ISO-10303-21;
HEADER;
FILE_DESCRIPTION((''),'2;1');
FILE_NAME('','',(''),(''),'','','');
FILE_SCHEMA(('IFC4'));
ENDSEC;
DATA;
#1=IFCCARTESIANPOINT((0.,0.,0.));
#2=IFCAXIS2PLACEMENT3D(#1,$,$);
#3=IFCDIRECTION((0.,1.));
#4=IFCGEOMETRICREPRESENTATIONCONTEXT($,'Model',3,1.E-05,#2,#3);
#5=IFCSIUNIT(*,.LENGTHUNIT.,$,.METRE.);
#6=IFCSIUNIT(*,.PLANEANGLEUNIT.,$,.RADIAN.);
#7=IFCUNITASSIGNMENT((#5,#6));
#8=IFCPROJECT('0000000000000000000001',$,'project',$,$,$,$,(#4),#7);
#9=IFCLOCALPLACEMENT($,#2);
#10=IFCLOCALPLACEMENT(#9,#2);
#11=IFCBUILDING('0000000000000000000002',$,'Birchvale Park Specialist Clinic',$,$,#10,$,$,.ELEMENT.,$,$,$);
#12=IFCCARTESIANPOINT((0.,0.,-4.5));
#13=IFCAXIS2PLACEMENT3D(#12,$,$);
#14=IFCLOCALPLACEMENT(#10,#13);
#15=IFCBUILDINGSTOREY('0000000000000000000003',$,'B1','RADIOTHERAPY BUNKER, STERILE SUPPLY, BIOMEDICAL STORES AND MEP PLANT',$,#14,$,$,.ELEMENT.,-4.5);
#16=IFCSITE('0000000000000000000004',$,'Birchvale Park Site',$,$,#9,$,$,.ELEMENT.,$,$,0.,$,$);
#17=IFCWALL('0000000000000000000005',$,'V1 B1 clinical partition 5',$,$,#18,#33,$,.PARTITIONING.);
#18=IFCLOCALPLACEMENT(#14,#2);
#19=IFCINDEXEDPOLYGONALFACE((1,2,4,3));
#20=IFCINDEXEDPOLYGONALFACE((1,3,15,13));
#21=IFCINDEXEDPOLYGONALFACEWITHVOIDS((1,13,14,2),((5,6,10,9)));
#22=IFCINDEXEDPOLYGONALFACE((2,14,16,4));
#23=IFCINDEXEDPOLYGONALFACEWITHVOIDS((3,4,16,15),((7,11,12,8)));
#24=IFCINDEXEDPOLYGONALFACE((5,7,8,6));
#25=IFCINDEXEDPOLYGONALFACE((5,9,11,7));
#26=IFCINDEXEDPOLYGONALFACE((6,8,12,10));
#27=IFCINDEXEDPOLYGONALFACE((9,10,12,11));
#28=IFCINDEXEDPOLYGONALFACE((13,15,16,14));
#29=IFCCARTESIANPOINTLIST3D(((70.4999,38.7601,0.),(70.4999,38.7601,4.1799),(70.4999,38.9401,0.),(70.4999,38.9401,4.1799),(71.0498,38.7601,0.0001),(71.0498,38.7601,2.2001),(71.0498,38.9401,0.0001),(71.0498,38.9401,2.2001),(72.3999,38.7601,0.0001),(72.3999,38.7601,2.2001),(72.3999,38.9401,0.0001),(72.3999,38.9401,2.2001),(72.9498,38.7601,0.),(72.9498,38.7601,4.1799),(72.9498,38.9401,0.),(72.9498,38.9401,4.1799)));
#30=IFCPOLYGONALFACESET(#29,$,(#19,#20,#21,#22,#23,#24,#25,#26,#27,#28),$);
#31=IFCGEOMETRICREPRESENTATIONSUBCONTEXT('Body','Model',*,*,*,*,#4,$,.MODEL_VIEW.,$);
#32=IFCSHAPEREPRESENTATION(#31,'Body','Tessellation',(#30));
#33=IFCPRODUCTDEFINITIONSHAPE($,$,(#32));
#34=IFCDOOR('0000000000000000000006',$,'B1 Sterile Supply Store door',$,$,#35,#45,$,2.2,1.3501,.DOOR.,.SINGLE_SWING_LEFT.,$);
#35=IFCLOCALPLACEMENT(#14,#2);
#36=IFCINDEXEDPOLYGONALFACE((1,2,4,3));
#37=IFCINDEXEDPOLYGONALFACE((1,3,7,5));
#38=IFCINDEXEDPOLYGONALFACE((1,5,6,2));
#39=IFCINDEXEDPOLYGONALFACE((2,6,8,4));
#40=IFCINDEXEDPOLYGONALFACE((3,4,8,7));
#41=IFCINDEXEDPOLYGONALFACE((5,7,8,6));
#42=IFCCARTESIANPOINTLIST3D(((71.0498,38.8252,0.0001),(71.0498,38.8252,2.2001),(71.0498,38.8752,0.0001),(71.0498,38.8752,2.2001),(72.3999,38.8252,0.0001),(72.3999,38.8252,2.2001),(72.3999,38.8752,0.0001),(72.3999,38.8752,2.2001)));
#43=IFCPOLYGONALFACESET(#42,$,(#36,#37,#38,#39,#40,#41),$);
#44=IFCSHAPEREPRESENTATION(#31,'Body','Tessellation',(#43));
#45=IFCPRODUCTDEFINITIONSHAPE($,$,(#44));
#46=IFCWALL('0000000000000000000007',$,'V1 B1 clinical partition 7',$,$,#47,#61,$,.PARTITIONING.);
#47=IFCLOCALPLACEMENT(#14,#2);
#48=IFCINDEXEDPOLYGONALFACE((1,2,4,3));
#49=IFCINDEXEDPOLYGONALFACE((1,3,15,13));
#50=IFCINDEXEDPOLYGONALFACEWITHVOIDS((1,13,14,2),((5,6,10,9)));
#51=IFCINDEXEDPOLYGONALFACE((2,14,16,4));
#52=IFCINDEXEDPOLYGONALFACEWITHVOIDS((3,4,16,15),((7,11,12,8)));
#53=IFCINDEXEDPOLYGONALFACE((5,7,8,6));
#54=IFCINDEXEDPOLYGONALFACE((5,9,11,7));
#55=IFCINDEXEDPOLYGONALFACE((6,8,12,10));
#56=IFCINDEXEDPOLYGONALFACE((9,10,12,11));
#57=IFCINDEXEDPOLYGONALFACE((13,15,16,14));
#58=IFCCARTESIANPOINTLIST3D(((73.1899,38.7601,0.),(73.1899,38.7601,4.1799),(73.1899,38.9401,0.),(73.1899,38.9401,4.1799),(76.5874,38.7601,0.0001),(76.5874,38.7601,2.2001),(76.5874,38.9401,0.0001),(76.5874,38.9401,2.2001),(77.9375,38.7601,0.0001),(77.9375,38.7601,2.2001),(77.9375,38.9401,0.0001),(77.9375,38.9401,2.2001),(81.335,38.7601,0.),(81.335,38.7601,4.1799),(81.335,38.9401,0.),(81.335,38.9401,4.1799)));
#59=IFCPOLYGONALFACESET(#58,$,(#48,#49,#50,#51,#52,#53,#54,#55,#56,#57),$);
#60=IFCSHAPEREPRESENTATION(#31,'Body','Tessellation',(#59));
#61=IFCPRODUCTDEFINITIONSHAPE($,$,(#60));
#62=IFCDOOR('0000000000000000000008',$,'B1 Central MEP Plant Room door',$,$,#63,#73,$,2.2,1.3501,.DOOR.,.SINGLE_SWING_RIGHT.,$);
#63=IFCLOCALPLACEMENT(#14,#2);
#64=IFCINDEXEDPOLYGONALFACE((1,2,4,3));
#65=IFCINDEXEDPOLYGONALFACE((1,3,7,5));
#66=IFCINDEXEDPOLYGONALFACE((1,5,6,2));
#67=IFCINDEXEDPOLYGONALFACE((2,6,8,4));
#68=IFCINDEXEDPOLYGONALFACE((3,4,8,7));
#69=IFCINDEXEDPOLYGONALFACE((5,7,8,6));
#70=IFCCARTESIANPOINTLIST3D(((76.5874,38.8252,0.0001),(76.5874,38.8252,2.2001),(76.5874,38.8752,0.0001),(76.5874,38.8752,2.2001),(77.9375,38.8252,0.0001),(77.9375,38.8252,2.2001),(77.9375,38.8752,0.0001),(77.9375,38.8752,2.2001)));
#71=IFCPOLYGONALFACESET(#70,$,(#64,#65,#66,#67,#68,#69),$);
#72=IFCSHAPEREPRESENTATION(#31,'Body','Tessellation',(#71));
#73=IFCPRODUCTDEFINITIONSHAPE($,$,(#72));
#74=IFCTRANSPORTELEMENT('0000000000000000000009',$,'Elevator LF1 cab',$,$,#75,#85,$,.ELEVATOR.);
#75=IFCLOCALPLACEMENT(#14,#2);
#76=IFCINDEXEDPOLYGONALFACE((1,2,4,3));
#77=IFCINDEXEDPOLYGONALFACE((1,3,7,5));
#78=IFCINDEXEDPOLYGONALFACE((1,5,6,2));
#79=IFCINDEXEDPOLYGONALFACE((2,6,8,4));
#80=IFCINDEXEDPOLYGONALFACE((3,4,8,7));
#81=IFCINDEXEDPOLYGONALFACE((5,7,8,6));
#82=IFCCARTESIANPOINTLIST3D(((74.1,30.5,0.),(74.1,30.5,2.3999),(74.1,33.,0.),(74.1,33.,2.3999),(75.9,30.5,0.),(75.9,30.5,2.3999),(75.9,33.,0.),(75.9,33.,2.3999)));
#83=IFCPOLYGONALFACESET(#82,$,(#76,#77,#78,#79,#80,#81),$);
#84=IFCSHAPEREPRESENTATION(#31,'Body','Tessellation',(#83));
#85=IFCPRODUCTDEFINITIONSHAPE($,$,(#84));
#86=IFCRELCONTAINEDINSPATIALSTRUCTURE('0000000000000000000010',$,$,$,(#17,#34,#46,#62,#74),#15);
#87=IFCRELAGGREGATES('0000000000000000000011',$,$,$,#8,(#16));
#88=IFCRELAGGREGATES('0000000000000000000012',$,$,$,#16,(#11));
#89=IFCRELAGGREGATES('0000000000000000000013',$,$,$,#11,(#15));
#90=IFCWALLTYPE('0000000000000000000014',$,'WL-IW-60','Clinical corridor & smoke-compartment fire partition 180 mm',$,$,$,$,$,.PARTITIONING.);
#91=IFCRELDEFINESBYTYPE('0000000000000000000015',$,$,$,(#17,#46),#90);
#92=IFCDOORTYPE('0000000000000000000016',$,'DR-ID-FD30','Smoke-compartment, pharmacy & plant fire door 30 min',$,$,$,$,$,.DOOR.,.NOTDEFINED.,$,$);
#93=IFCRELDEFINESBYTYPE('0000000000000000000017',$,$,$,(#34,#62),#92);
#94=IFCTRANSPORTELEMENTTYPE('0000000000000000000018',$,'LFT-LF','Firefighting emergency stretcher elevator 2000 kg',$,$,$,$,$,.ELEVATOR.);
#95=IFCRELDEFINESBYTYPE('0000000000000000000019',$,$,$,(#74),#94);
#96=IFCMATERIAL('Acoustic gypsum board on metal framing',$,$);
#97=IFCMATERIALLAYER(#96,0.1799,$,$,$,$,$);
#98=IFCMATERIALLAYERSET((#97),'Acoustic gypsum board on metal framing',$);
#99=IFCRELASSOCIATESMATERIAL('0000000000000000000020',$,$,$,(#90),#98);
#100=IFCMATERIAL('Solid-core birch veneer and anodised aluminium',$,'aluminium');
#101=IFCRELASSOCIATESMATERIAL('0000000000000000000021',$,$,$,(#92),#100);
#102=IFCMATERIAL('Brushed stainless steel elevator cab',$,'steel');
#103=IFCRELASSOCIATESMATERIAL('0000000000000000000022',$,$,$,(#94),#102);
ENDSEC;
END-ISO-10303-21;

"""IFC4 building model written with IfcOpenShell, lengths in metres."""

from ifc_helpers import new_model, si_unit, direction, frame, frame_2d, origin, origin_2d, place, context, subcontext, project, spatial, rectangle, extrude, material, layer, layer_set, type_object, element, fill, save


model = new_model("IFC4")

# Units and contexts
model_context = context("Model", 3, precision=1e-05, world=origin(), true_north=direction((0.0, 1.0)))
body_context = subcontext(model_context, "Body", "Model", "MODEL_VIEW")
ifc_project = project(units=[si_unit("LENGTHUNIT", "METRE"), si_unit("PLANEANGLEUNIT", "RADIAN")], contexts=[model_context])

# Site, building, storey
site_placement = place(None, origin())
site = spatial("IfcSite", under=ifc_project, at=site_placement, Name="Birchvale Park Site", CompositionType="ELEMENT", RefElevation=0.0)
building_placement = place(site_placement, origin())
building = spatial("IfcBuilding", under=site, at=building_placement, Name="Birchvale Park Specialist Clinic", CompositionType="ELEMENT")
storey_placement = place(building_placement, frame((0.0, 0.0, -4.5)))
storey = spatial("IfcBuildingStorey", under=building, at=storey_placement, Name="B1", Description="RADIOTHERAPY BUNKER, STERILE SUPPLY, BIOMEDICAL STORES AND MEP PLANT", CompositionType="ELEMENT", Elevation=-4.5)

# Shared definitions
ifc_material_1 = material(Name="Solid-core birch veneer and anodised aluminium", Category="aluminium")

# Shared definitions
ifc_material_2 = material(Name="Acoustic gypsum board on metal framing")

# Walls, openings, doors
ifc_layer_1 = layer(ifc_material_2, 0.1799)
ifc_layer_set_1 = layer_set([ifc_layer_1], Name="Acoustic gypsum board on metal framing")
wall_type_1 = type_object("IfcWallType", Name="WL-IW-60", Description="Clinical corridor & smoke-compartment fire partition 180 mm", PredefinedType="PARTITIONING", material=ifc_layer_set_1)
wall_1_placement = place(storey_placement, frame((72.95, 38.8501, 0.0), z_axis=(0.0, 0.0, 1.0), x_axis=(-1.0, 0.0, 0.0)))
wall_1 = element("IfcWall", 1, at=wall_1_placement, inside=storey, type_object=wall_type_1, Name="V1 B1 clinical partition 5", PredefinedType="PARTITIONING", context=body_context, shape_type="SweptSolid", body=[
    extrude(rectangle(XDim=2.45, YDim=0.1799, at=frame_2d((1.2251, 0.0))), origin(), (0.0, 0.0, 1.0), 4.1799),
])
opening_1_placement = place(wall_1_placement, frame((0.55, 0.0, 0.0)))
opening_1 = element("IfcOpeningElement", 2, at=opening_1_placement, cuts=wall_1, PredefinedType="OPENING", context=body_context, shape_type="SweptSolid", body=[
    extrude(rectangle(XDim=1.3501, YDim=2.2, at=frame_2d((0.675, 1.1001))), frame((0.0, 0.1001, 0.0), z_axis=(0.0, -1.0, 0.0), x_axis=(1.0, 0.0, 0.0)), (0.0, 0.0, 1.0), 0.2),
])
door_type_1 = type_object("IfcDoorType", Name="DR-ID-FD30", Description="Smoke-compartment, pharmacy & plant fire door 30 min", OperationType="NOTDEFINED", PredefinedType="DOOR", material=ifc_material_1)
door_1_placement = place(opening_1_placement, origin())
door_1 = element("IfcDoor", 3, at=door_1_placement, inside=storey, type_object=door_type_1, Name="B1 Sterile Supply Store door", OperationType="SINGLE_SWING_LEFT", OverallHeight=2.2, OverallWidth=1.3501, PredefinedType="DOOR", context=body_context, shape_type="SweptSolid", body=[
    extrude(rectangle(XDim=1.3501, YDim=2.2, at=frame_2d((0.675, 1.1001))), frame((0.0, 0.0249, 0.0), z_axis=(0.0, -1.0, 0.0), x_axis=(1.0, 0.0, 0.0)), (0.0, 0.0, 1.0), 0.05),
])
fill(opening_1, door_1)
wall_2_placement = place(storey_placement, frame((81.335, 38.8501, 0.0), z_axis=(0.0, 0.0, 1.0), x_axis=(-1.0, 0.0, 0.0)))
wall_2 = element("IfcWall", 4, at=wall_2_placement, inside=storey, type_object=wall_type_1, Name="V1 B1 clinical partition 7", PredefinedType="PARTITIONING", context=body_context, shape_type="SweptSolid", body=[
    extrude(rectangle(XDim=8.145, YDim=0.1799, at=frame_2d((4.0725, 0.0))), origin(), (0.0, 0.0, 1.0), 4.1799),
])
opening_2_placement = place(wall_2_placement, frame((3.3975, 0.0, 0.0)))
opening_2 = element("IfcOpeningElement", 5, at=opening_2_placement, cuts=wall_2, PredefinedType="OPENING", context=body_context, shape_type="SweptSolid", body=[
    extrude(rectangle(XDim=1.3501, YDim=2.2, at=frame_2d((0.675, 1.1001))), frame((0.0, 0.1001, 0.0), z_axis=(0.0, -1.0, 0.0), x_axis=(1.0, 0.0, 0.0)), (0.0, 0.0, 1.0), 0.2),
])
door_2_placement = place(opening_2_placement, origin())
door_2 = element("IfcDoor", 6, at=door_2_placement, inside=storey, type_object=door_type_1, Name="B1 Central MEP Plant Room door", OperationType="SINGLE_SWING_RIGHT", OverallHeight=2.2, OverallWidth=1.3501, PredefinedType="DOOR", context=body_context, shape_type="SweptSolid", body=[
    extrude(rectangle(XDim=1.3501, YDim=2.2, at=frame_2d((0.675, 1.1001))), frame((0.0, 0.0249, 0.0), z_axis=(0.0, -1.0, 0.0), x_axis=(1.0, 0.0, 0.0)), (0.0, 0.0, 1.0), 0.05),
])
fill(opening_2, door_2)

# Transport element
ifc_material_3 = material(Name="Brushed stainless steel elevator cab", Category="steel")
transport_element_type = type_object("IfcTransportElementType", Name="LFT-LF", Description="Firefighting emergency stretcher elevator 2000 kg", PredefinedType="ELEVATOR", material=ifc_material_3)
transport_element_placement = place(storey_placement, frame((75.0, 31.75, 0.0), z_axis=(0.0, 0.0, 1.0), x_axis=(1.0, 0.0, 0.0)))
element("IfcTransportElement", 7, at=transport_element_placement, inside=storey, type_object=transport_element_type, Name="Elevator LF1 cab", PredefinedType="ELEVATOR", context=body_context, shape_type="SweptSolid", body=[
    extrude(rectangle(XDim=1.8, YDim=2.5, at=origin_2d()), origin(), (0.0, 0.0, 1.0), 2.3999),
])

save(model, "model.ifc")
